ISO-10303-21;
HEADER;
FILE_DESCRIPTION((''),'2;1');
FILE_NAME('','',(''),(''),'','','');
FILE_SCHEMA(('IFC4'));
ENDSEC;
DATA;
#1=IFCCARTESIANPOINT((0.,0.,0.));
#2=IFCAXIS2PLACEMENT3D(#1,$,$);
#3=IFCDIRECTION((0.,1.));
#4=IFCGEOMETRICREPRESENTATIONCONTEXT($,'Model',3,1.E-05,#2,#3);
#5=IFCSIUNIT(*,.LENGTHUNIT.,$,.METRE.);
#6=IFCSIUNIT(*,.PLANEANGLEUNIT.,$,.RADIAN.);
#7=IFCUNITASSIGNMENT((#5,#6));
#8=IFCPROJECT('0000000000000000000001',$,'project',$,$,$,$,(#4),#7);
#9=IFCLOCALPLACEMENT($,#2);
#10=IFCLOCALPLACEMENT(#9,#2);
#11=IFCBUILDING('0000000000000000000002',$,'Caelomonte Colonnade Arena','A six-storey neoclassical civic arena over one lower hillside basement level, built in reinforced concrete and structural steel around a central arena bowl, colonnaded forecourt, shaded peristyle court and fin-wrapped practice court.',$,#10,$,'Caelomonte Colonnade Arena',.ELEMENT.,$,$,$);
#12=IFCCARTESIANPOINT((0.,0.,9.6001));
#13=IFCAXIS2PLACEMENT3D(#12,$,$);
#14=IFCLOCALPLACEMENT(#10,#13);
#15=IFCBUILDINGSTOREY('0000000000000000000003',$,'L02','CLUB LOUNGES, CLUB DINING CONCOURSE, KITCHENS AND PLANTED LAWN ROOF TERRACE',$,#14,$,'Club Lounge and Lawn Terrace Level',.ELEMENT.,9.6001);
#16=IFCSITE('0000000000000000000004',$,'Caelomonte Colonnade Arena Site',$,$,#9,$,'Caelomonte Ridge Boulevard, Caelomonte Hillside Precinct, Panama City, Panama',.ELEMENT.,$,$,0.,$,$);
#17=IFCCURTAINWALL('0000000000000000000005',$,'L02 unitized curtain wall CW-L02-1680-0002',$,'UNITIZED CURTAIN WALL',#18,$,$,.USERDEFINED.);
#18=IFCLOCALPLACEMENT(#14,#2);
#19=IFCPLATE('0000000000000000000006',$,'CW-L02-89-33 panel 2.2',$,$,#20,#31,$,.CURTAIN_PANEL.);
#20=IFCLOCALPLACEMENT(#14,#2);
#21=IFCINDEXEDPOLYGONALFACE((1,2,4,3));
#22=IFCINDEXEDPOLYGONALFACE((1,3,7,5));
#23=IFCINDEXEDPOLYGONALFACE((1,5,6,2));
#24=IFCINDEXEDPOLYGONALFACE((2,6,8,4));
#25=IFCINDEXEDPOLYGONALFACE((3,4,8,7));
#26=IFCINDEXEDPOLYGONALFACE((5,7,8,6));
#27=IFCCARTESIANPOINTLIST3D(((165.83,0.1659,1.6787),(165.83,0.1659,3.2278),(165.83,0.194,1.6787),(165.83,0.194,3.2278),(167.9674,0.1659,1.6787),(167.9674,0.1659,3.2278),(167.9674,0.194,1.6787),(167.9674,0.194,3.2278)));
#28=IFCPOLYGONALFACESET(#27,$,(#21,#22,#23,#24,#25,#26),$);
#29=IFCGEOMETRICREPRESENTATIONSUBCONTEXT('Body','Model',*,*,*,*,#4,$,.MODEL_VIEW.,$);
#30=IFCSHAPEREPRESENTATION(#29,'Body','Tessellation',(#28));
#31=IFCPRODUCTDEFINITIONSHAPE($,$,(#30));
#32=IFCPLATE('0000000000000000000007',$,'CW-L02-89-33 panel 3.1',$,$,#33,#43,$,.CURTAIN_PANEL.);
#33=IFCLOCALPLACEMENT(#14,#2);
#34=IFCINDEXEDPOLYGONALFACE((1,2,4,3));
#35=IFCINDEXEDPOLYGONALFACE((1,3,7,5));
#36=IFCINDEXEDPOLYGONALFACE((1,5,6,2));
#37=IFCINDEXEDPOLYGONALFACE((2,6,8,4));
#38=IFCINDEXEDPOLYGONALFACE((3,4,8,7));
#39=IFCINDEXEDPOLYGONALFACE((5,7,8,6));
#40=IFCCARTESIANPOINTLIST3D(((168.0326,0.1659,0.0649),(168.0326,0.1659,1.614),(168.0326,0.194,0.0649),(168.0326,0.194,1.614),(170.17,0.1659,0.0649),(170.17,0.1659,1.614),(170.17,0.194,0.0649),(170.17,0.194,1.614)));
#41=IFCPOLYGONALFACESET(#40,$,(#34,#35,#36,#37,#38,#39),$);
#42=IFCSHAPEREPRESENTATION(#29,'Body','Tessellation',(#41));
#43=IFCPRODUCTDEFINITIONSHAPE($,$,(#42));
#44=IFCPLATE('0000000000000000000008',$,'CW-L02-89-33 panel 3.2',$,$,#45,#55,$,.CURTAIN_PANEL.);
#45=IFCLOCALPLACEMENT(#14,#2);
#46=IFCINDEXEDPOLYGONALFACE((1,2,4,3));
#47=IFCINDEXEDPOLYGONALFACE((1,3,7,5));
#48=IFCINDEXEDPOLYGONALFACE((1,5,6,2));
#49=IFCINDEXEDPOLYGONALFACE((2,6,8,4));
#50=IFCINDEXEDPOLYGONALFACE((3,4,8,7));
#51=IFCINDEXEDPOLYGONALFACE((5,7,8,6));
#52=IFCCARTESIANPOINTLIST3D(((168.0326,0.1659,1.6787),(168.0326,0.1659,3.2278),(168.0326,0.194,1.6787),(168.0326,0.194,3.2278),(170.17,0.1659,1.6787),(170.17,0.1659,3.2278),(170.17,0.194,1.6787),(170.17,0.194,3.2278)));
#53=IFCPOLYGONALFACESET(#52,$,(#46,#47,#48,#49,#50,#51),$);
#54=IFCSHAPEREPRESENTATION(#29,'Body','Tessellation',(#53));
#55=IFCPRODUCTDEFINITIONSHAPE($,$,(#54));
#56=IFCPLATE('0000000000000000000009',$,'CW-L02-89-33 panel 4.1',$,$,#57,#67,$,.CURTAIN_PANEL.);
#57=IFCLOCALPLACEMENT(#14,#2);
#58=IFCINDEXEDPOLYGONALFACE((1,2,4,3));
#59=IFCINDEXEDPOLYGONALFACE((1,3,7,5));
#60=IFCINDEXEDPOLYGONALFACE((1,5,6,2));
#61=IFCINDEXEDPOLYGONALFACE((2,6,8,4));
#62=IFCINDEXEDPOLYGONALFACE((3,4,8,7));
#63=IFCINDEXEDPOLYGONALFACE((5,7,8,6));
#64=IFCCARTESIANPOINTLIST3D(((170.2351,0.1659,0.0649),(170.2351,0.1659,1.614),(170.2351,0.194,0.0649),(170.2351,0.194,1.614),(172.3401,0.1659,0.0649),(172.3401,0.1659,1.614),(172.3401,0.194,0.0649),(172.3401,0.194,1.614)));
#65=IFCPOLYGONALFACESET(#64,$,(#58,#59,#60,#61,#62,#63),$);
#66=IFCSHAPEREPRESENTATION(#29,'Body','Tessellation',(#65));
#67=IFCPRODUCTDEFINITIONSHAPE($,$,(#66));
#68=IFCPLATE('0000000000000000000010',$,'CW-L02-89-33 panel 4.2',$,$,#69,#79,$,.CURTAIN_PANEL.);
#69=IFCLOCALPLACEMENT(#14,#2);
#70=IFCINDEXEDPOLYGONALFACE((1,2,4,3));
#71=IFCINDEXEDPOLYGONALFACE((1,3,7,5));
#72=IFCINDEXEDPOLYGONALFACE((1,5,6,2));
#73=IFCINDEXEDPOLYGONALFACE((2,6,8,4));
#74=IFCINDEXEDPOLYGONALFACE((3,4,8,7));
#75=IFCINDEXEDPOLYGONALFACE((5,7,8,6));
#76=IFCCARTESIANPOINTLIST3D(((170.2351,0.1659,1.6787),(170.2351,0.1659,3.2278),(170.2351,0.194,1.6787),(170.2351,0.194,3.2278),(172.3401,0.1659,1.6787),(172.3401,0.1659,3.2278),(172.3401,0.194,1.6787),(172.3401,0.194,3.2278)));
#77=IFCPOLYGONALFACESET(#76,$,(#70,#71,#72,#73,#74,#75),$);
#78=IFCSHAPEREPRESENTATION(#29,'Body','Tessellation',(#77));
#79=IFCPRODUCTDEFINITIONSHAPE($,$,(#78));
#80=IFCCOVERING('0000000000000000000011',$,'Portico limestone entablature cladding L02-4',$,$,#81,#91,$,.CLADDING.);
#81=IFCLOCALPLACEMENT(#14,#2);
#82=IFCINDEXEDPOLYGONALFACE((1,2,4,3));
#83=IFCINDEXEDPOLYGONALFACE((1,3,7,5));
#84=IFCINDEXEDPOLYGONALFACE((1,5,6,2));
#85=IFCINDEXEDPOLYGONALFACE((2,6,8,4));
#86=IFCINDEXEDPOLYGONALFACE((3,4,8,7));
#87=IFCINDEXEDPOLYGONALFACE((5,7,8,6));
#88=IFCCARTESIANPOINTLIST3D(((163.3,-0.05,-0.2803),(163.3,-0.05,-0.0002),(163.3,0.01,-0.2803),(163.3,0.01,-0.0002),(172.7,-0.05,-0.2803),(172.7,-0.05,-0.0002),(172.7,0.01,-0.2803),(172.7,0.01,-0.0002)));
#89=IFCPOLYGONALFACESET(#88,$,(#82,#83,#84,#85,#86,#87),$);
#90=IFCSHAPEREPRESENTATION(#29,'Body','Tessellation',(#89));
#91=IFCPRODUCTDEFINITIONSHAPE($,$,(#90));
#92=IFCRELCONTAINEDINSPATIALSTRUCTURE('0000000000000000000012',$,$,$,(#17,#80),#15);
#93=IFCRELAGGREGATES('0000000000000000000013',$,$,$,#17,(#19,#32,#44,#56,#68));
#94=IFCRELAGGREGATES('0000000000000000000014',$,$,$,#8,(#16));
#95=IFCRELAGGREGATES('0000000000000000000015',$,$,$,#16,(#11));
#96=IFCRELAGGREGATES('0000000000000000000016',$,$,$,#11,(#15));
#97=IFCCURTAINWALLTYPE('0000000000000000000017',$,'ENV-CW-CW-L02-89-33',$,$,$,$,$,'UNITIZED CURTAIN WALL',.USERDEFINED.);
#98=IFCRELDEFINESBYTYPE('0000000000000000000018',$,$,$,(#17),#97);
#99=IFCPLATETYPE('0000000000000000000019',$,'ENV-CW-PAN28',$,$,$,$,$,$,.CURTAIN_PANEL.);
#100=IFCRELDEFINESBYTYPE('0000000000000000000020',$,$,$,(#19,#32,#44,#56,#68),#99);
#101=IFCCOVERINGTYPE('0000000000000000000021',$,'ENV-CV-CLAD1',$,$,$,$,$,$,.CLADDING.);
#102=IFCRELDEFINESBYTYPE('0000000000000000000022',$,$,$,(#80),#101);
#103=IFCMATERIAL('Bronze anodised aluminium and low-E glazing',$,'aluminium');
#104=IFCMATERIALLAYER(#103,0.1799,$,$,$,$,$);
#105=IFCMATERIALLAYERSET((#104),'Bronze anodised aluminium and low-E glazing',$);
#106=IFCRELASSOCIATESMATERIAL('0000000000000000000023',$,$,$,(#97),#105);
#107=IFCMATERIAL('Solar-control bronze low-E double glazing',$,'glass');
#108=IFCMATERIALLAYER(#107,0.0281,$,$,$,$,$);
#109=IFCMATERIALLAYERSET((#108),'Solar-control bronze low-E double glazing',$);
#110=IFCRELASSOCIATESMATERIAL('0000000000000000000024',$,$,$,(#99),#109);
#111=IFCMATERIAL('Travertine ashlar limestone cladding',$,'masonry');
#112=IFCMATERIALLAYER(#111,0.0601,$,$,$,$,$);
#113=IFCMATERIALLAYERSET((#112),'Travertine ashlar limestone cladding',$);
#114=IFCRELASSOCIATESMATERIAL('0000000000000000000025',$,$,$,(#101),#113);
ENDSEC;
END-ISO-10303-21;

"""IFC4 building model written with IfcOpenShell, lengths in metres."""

from ifc_helpers import new_model, si_unit, direction, frame, origin, origin_2d, place, context, subcontext, project, spatial, rectangle, extrude, material, layer, layer_set, type_object, element, aggregate, save


model = new_model("IFC4")

# Units and contexts
model_context = context("Model", 3, precision=1e-05, world=origin(), true_north=direction((0.0, 1.0)))
body_context = subcontext(model_context, "Body", "Model", "MODEL_VIEW")
ifc_project = project(units=[si_unit("LENGTHUNIT", "METRE"), si_unit("PLANEANGLEUNIT", "RADIAN")], contexts=[model_context])

# Site, building, storey
site_placement = place(None, origin())
site = spatial("IfcSite", under=ifc_project, at=site_placement, Name="Caelomonte Colonnade Arena Site", LongName="Caelomonte Ridge Boulevard, Caelomonte Hillside Precinct, Panama City, Panama", CompositionType="ELEMENT", RefElevation=0.0)
building_placement = place(site_placement, origin())
building = spatial("IfcBuilding", under=site, at=building_placement, Name="Caelomonte Colonnade Arena", Description="A six-storey neoclassical civic arena over one lower hillside basement level, built in reinforced concrete and structural steel around a central arena bowl, colonnaded forecourt, shaded peristyle court and fin-wrapped practice court.", LongName="Caelomonte Colonnade Arena", CompositionType="ELEMENT")
storey_placement = place(building_placement, frame((0.0, 0.0, 9.6001)))
storey = spatial("IfcBuildingStorey", under=building, at=storey_placement, Name="L02", Description="CLUB LOUNGES, CLUB DINING CONCOURSE, KITCHENS AND PLANTED LAWN ROOF TERRACE", LongName="Club Lounge and Lawn Terrace Level", CompositionType="ELEMENT", Elevation=9.6001)

# Curtain wall
ifc_material_1 = material(Name="Bronze anodised aluminium and low-E glazing", Category="aluminium")
ifc_layer_1 = layer(ifc_material_1, 0.1799)
ifc_layer_set_1 = layer_set([ifc_layer_1], Name="Bronze anodised aluminium and low-E glazing")
curtain_wall_type = type_object("IfcCurtainWallType", Name="ENV-CW-CW-L02-89-33", ElementType="UNITIZED CURTAIN WALL", PredefinedType="USERDEFINED", material=ifc_layer_set_1)
curtain_wall_placement = place(storey_placement, origin())
curtain_wall = element("IfcCurtainWall", 1, at=curtain_wall_placement, inside=storey, type_object=curtain_wall_type, Name="L02 unitized curtain wall CW-L02-1680-0002", ObjectType="UNITIZED CURTAIN WALL", PredefinedType="USERDEFINED")

# Plates
ifc_material_2 = material(Name="Solar-control bronze low-E double glazing", Category="glass")
ifc_layer_2 = layer(ifc_material_2, 0.0281)
ifc_layer_set_2 = layer_set([ifc_layer_2], Name="Solar-control bronze low-E double glazing")
plate_type = type_object("IfcPlateType", Name="ENV-CW-PAN28", PredefinedType="CURTAIN_PANEL", material=ifc_layer_set_2)
plate_1_placement = place(storey_placement, frame((166.8987, 0.1799, 1.6787), z_axis=(0.0, 0.0, 1.0), x_axis=(1.0, 0.0, 0.0)))
plate_1 = element("IfcPlate", 2, at=plate_1_placement, type_object=plate_type, Name="CW-L02-89-33 panel 2.2", PredefinedType="CURTAIN_PANEL", context=body_context, shape_type="SweptSolid", body=[
    extrude(rectangle(XDim=2.1375, YDim=0.0281, at=origin_2d()), origin(), (0.0, 0.0, 1.0), 1.5491),
])
plate_2_placement = place(storey_placement, frame((169.1013, 0.1799, 0.0649), z_axis=(0.0, 0.0, 1.0), x_axis=(1.0, 0.0, 0.0)))
plate_2 = element("IfcPlate", 3, at=plate_2_placement, type_object=plate_type, Name="CW-L02-89-33 panel 3.1", PredefinedType="CURTAIN_PANEL", context=body_context, shape_type="SweptSolid", body=[
    extrude(rectangle(XDim=2.1375, YDim=0.0281, at=origin_2d()), origin(), (0.0, 0.0, 1.0), 1.5491),
])
plate_3_placement = place(storey_placement, frame((169.1013, 0.1799, 1.6787), z_axis=(0.0, 0.0, 1.0), x_axis=(1.0, 0.0, 0.0)))
plate_3 = element("IfcPlate", 4, at=plate_3_placement, type_object=plate_type, Name="CW-L02-89-33 panel 3.2", PredefinedType="CURTAIN_PANEL", context=body_context, shape_type="SweptSolid", body=[
    extrude(rectangle(XDim=2.1375, YDim=0.0281, at=origin_2d()), origin(), (0.0, 0.0, 1.0), 1.5491),
])
plate_4_placement = place(storey_placement, frame((171.2876, 0.1799, 0.0649), z_axis=(0.0, 0.0, 1.0), x_axis=(1.0, 0.0, 0.0)))
plate_4 = element("IfcPlate", 5, at=plate_4_placement, type_object=plate_type, Name="CW-L02-89-33 panel 4.1", PredefinedType="CURTAIN_PANEL", context=body_context, shape_type="SweptSolid", body=[
    extrude(rectangle(XDim=2.105, YDim=0.0281, at=origin_2d()), origin(), (0.0, 0.0, 1.0), 1.5491),
])
plate_5_placement = place(storey_placement, frame((171.2876, 0.1799, 1.6787), z_axis=(0.0, 0.0, 1.0), x_axis=(1.0, 0.0, 0.0)))
plate_5 = element("IfcPlate", 6, at=plate_5_placement, type_object=plate_type, Name="CW-L02-89-33 panel 4.2", PredefinedType="CURTAIN_PANEL", context=body_context, shape_type="SweptSolid", body=[
    extrude(rectangle(XDim=2.105, YDim=0.0281, at=origin_2d()), origin(), (0.0, 0.0, 1.0), 1.5491),
])
aggregate(curtain_wall, [plate_1, plate_2, plate_3, plate_4, plate_5])

# Covering
ifc_material_3 = material(Name="Travertine ashlar limestone cladding", Category="masonry")
ifc_layer_3 = layer(ifc_material_3, 0.0601)
ifc_layer_set_3 = layer_set([ifc_layer_3], Name="Travertine ashlar limestone cladding")
covering_type = type_object("IfcCoveringType", Name="ENV-CV-CLAD1", PredefinedType="CLADDING", material=ifc_layer_set_3)
covering_placement = place(storey_placement, frame((168.0, -0.02, -0.2803), z_axis=(0.0, 0.0, 1.0), x_axis=(1.0, 0.0, 0.0)))
element("IfcCovering", 7, at=covering_placement, inside=storey, type_object=covering_type, Name="Portico limestone entablature cladding L02-4", PredefinedType="CLADDING", context=body_context, shape_type="SweptSolid", body=[
    extrude(rectangle(XDim=9.3999, YDim=0.0601, at=origin_2d()), origin(), (0.0, 0.0, 1.0), 0.28),
])

save(model, "model.ifc")
